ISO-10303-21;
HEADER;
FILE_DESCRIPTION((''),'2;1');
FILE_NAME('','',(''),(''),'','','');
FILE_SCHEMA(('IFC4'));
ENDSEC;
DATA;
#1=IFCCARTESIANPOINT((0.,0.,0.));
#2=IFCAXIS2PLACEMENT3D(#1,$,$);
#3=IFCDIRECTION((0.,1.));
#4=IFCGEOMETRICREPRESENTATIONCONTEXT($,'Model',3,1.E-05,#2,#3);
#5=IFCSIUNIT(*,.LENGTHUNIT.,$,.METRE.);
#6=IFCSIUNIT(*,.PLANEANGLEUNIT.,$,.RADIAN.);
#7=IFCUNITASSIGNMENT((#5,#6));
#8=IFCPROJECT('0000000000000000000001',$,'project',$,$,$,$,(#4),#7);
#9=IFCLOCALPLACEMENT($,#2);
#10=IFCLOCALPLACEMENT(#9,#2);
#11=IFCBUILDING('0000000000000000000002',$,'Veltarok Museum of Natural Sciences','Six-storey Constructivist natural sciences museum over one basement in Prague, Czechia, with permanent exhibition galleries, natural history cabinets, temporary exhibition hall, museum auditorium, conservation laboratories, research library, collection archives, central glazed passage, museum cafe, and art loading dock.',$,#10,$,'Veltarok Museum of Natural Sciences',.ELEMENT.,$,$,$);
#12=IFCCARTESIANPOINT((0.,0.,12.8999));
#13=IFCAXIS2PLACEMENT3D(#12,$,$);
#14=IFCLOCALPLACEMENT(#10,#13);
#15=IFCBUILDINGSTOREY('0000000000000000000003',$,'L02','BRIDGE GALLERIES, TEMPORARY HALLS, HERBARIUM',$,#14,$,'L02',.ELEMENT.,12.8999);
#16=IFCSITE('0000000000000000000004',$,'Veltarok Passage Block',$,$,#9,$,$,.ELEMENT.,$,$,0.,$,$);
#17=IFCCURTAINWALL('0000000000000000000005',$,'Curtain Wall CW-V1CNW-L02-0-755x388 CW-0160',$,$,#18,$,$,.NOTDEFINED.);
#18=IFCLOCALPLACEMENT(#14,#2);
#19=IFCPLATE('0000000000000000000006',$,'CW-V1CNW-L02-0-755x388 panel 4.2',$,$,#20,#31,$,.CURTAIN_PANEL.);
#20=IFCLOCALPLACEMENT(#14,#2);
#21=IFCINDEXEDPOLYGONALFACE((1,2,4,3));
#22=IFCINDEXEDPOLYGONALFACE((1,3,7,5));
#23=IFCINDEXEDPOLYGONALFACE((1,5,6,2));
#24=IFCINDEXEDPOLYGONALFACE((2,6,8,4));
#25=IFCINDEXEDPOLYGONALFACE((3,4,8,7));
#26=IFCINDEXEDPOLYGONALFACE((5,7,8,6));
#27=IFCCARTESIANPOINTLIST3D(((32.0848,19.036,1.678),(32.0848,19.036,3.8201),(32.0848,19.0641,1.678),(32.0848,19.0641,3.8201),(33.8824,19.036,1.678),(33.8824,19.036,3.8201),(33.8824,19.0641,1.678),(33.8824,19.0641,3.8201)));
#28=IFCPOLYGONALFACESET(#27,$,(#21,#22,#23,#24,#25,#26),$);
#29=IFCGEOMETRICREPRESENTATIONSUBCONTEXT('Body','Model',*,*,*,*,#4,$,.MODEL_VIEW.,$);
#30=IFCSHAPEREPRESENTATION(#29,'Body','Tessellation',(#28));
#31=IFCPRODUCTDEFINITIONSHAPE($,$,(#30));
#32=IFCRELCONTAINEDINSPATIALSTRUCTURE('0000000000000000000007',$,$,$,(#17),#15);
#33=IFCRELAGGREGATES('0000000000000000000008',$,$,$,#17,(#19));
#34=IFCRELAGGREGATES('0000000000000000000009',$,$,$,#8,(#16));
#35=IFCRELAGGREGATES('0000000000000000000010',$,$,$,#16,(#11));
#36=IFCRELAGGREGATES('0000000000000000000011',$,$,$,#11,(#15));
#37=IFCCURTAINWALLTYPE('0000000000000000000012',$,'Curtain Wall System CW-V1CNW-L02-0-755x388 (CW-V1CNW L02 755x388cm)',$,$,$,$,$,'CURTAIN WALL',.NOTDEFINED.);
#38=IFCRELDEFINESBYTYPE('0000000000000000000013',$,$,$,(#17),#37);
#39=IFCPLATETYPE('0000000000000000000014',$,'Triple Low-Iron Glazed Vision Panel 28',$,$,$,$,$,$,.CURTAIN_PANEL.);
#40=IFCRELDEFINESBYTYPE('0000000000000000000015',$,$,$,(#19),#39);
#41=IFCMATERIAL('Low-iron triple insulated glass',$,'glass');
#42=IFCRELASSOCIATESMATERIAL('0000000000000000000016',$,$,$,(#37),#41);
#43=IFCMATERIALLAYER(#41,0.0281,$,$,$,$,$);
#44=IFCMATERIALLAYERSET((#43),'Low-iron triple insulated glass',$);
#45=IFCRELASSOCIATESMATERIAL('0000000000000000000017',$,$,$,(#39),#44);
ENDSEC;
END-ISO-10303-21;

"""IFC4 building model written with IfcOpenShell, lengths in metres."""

from ifc_helpers import new_model, si_unit, direction, frame, origin, origin_2d, place, context, subcontext, project, spatial, rectangle, extrude, material, layer, layer_set, type_object, element, aggregate, save


model = new_model("IFC4")

# Units and contexts
model_context = context("Model", 3, precision=1e-05, world=origin(), true_north=direction((0.0, 1.0)))
body_context = subcontext(model_context, "Body", "Model", "MODEL_VIEW")
ifc_project = project(units=[si_unit("LENGTHUNIT", "METRE"), si_unit("PLANEANGLEUNIT", "RADIAN")], contexts=[model_context])

# Site, building, storey
site_placement = place(None, origin())
site = spatial("IfcSite", under=ifc_project, at=site_placement, Name="Veltarok Passage Block", CompositionType="ELEMENT", RefElevation=0.0)
building_placement = place(site_placement, origin())
building = spatial("IfcBuilding", under=site, at=building_placement, Name="Veltarok Museum of Natural Sciences", Description="Six-storey Constructivist natural sciences museum over one basement in Prague, Czechia, with permanent exhibition galleries, natural history cabinets, temporary exhibition hall, museum auditorium, conservation laboratories, research library, collection archives, central glazed passage, museum cafe, and art loading dock.", LongName="Veltarok Museum of Natural Sciences", CompositionType="ELEMENT")
storey_placement = place(building_placement, frame((0.0, 0.0, 12.8999)))
storey = spatial("IfcBuildingStorey", under=building, at=storey_placement, Name="L02", Description="BRIDGE GALLERIES, TEMPORARY HALLS, HERBARIUM", LongName="L02", CompositionType="ELEMENT", Elevation=12.8999)

# Curtain wall
ifc_material_1 = material(Name="Low-iron triple insulated glass", Category="glass")
curtain_wall_type_1 = type_object("IfcCurtainWallType", Name="Curtain Wall System CW-V1CNW-L02-0-755x388 (CW-V1CNW L02 755x388cm)", ElementType="CURTAIN WALL", PredefinedType="NOTDEFINED", material=ifc_material_1)
curtain_wall_1_placement = place(storey_placement, origin())
curtain_wall_1 = element("IfcCurtainWall", 1, at=curtain_wall_1_placement, inside=storey, type_object=curtain_wall_type_1, Name="Curtain Wall CW-V1CNW-L02-0-755x388 CW-0160", PredefinedType="NOTDEFINED")

# Plate
ifc_layer = layer(ifc_material_1, 0.0281)
ifc_layer_set = layer_set([ifc_layer], Name="Low-iron triple insulated glass")
plate_type = type_object("IfcPlateType", Name="Triple Low-Iron Glazed Vision Panel 28", PredefinedType="CURTAIN_PANEL", material=ifc_layer_set)
plate_1_placement = place(storey_placement, frame((32.9836, 19.05, 1.678), z_axis=(0.0, 0.0, 1.0), x_axis=(-1.0, 0.0, 0.0)))
plate_1 = element("IfcPlate", 2, at=plate_1_placement, type_object=plate_type, Name="CW-V1CNW-L02-0-755x388 panel 4.2", PredefinedType="CURTAIN_PANEL", context=body_context, shape_type="SweptSolid", body=[
    extrude(rectangle(XDim=1.7976, YDim=0.0281, at=origin_2d()), origin(), (0.0, 0.0, 1.0), 2.1421),
])
aggregate(curtain_wall_1, [plate_1])

save(model, "model.ifc")
